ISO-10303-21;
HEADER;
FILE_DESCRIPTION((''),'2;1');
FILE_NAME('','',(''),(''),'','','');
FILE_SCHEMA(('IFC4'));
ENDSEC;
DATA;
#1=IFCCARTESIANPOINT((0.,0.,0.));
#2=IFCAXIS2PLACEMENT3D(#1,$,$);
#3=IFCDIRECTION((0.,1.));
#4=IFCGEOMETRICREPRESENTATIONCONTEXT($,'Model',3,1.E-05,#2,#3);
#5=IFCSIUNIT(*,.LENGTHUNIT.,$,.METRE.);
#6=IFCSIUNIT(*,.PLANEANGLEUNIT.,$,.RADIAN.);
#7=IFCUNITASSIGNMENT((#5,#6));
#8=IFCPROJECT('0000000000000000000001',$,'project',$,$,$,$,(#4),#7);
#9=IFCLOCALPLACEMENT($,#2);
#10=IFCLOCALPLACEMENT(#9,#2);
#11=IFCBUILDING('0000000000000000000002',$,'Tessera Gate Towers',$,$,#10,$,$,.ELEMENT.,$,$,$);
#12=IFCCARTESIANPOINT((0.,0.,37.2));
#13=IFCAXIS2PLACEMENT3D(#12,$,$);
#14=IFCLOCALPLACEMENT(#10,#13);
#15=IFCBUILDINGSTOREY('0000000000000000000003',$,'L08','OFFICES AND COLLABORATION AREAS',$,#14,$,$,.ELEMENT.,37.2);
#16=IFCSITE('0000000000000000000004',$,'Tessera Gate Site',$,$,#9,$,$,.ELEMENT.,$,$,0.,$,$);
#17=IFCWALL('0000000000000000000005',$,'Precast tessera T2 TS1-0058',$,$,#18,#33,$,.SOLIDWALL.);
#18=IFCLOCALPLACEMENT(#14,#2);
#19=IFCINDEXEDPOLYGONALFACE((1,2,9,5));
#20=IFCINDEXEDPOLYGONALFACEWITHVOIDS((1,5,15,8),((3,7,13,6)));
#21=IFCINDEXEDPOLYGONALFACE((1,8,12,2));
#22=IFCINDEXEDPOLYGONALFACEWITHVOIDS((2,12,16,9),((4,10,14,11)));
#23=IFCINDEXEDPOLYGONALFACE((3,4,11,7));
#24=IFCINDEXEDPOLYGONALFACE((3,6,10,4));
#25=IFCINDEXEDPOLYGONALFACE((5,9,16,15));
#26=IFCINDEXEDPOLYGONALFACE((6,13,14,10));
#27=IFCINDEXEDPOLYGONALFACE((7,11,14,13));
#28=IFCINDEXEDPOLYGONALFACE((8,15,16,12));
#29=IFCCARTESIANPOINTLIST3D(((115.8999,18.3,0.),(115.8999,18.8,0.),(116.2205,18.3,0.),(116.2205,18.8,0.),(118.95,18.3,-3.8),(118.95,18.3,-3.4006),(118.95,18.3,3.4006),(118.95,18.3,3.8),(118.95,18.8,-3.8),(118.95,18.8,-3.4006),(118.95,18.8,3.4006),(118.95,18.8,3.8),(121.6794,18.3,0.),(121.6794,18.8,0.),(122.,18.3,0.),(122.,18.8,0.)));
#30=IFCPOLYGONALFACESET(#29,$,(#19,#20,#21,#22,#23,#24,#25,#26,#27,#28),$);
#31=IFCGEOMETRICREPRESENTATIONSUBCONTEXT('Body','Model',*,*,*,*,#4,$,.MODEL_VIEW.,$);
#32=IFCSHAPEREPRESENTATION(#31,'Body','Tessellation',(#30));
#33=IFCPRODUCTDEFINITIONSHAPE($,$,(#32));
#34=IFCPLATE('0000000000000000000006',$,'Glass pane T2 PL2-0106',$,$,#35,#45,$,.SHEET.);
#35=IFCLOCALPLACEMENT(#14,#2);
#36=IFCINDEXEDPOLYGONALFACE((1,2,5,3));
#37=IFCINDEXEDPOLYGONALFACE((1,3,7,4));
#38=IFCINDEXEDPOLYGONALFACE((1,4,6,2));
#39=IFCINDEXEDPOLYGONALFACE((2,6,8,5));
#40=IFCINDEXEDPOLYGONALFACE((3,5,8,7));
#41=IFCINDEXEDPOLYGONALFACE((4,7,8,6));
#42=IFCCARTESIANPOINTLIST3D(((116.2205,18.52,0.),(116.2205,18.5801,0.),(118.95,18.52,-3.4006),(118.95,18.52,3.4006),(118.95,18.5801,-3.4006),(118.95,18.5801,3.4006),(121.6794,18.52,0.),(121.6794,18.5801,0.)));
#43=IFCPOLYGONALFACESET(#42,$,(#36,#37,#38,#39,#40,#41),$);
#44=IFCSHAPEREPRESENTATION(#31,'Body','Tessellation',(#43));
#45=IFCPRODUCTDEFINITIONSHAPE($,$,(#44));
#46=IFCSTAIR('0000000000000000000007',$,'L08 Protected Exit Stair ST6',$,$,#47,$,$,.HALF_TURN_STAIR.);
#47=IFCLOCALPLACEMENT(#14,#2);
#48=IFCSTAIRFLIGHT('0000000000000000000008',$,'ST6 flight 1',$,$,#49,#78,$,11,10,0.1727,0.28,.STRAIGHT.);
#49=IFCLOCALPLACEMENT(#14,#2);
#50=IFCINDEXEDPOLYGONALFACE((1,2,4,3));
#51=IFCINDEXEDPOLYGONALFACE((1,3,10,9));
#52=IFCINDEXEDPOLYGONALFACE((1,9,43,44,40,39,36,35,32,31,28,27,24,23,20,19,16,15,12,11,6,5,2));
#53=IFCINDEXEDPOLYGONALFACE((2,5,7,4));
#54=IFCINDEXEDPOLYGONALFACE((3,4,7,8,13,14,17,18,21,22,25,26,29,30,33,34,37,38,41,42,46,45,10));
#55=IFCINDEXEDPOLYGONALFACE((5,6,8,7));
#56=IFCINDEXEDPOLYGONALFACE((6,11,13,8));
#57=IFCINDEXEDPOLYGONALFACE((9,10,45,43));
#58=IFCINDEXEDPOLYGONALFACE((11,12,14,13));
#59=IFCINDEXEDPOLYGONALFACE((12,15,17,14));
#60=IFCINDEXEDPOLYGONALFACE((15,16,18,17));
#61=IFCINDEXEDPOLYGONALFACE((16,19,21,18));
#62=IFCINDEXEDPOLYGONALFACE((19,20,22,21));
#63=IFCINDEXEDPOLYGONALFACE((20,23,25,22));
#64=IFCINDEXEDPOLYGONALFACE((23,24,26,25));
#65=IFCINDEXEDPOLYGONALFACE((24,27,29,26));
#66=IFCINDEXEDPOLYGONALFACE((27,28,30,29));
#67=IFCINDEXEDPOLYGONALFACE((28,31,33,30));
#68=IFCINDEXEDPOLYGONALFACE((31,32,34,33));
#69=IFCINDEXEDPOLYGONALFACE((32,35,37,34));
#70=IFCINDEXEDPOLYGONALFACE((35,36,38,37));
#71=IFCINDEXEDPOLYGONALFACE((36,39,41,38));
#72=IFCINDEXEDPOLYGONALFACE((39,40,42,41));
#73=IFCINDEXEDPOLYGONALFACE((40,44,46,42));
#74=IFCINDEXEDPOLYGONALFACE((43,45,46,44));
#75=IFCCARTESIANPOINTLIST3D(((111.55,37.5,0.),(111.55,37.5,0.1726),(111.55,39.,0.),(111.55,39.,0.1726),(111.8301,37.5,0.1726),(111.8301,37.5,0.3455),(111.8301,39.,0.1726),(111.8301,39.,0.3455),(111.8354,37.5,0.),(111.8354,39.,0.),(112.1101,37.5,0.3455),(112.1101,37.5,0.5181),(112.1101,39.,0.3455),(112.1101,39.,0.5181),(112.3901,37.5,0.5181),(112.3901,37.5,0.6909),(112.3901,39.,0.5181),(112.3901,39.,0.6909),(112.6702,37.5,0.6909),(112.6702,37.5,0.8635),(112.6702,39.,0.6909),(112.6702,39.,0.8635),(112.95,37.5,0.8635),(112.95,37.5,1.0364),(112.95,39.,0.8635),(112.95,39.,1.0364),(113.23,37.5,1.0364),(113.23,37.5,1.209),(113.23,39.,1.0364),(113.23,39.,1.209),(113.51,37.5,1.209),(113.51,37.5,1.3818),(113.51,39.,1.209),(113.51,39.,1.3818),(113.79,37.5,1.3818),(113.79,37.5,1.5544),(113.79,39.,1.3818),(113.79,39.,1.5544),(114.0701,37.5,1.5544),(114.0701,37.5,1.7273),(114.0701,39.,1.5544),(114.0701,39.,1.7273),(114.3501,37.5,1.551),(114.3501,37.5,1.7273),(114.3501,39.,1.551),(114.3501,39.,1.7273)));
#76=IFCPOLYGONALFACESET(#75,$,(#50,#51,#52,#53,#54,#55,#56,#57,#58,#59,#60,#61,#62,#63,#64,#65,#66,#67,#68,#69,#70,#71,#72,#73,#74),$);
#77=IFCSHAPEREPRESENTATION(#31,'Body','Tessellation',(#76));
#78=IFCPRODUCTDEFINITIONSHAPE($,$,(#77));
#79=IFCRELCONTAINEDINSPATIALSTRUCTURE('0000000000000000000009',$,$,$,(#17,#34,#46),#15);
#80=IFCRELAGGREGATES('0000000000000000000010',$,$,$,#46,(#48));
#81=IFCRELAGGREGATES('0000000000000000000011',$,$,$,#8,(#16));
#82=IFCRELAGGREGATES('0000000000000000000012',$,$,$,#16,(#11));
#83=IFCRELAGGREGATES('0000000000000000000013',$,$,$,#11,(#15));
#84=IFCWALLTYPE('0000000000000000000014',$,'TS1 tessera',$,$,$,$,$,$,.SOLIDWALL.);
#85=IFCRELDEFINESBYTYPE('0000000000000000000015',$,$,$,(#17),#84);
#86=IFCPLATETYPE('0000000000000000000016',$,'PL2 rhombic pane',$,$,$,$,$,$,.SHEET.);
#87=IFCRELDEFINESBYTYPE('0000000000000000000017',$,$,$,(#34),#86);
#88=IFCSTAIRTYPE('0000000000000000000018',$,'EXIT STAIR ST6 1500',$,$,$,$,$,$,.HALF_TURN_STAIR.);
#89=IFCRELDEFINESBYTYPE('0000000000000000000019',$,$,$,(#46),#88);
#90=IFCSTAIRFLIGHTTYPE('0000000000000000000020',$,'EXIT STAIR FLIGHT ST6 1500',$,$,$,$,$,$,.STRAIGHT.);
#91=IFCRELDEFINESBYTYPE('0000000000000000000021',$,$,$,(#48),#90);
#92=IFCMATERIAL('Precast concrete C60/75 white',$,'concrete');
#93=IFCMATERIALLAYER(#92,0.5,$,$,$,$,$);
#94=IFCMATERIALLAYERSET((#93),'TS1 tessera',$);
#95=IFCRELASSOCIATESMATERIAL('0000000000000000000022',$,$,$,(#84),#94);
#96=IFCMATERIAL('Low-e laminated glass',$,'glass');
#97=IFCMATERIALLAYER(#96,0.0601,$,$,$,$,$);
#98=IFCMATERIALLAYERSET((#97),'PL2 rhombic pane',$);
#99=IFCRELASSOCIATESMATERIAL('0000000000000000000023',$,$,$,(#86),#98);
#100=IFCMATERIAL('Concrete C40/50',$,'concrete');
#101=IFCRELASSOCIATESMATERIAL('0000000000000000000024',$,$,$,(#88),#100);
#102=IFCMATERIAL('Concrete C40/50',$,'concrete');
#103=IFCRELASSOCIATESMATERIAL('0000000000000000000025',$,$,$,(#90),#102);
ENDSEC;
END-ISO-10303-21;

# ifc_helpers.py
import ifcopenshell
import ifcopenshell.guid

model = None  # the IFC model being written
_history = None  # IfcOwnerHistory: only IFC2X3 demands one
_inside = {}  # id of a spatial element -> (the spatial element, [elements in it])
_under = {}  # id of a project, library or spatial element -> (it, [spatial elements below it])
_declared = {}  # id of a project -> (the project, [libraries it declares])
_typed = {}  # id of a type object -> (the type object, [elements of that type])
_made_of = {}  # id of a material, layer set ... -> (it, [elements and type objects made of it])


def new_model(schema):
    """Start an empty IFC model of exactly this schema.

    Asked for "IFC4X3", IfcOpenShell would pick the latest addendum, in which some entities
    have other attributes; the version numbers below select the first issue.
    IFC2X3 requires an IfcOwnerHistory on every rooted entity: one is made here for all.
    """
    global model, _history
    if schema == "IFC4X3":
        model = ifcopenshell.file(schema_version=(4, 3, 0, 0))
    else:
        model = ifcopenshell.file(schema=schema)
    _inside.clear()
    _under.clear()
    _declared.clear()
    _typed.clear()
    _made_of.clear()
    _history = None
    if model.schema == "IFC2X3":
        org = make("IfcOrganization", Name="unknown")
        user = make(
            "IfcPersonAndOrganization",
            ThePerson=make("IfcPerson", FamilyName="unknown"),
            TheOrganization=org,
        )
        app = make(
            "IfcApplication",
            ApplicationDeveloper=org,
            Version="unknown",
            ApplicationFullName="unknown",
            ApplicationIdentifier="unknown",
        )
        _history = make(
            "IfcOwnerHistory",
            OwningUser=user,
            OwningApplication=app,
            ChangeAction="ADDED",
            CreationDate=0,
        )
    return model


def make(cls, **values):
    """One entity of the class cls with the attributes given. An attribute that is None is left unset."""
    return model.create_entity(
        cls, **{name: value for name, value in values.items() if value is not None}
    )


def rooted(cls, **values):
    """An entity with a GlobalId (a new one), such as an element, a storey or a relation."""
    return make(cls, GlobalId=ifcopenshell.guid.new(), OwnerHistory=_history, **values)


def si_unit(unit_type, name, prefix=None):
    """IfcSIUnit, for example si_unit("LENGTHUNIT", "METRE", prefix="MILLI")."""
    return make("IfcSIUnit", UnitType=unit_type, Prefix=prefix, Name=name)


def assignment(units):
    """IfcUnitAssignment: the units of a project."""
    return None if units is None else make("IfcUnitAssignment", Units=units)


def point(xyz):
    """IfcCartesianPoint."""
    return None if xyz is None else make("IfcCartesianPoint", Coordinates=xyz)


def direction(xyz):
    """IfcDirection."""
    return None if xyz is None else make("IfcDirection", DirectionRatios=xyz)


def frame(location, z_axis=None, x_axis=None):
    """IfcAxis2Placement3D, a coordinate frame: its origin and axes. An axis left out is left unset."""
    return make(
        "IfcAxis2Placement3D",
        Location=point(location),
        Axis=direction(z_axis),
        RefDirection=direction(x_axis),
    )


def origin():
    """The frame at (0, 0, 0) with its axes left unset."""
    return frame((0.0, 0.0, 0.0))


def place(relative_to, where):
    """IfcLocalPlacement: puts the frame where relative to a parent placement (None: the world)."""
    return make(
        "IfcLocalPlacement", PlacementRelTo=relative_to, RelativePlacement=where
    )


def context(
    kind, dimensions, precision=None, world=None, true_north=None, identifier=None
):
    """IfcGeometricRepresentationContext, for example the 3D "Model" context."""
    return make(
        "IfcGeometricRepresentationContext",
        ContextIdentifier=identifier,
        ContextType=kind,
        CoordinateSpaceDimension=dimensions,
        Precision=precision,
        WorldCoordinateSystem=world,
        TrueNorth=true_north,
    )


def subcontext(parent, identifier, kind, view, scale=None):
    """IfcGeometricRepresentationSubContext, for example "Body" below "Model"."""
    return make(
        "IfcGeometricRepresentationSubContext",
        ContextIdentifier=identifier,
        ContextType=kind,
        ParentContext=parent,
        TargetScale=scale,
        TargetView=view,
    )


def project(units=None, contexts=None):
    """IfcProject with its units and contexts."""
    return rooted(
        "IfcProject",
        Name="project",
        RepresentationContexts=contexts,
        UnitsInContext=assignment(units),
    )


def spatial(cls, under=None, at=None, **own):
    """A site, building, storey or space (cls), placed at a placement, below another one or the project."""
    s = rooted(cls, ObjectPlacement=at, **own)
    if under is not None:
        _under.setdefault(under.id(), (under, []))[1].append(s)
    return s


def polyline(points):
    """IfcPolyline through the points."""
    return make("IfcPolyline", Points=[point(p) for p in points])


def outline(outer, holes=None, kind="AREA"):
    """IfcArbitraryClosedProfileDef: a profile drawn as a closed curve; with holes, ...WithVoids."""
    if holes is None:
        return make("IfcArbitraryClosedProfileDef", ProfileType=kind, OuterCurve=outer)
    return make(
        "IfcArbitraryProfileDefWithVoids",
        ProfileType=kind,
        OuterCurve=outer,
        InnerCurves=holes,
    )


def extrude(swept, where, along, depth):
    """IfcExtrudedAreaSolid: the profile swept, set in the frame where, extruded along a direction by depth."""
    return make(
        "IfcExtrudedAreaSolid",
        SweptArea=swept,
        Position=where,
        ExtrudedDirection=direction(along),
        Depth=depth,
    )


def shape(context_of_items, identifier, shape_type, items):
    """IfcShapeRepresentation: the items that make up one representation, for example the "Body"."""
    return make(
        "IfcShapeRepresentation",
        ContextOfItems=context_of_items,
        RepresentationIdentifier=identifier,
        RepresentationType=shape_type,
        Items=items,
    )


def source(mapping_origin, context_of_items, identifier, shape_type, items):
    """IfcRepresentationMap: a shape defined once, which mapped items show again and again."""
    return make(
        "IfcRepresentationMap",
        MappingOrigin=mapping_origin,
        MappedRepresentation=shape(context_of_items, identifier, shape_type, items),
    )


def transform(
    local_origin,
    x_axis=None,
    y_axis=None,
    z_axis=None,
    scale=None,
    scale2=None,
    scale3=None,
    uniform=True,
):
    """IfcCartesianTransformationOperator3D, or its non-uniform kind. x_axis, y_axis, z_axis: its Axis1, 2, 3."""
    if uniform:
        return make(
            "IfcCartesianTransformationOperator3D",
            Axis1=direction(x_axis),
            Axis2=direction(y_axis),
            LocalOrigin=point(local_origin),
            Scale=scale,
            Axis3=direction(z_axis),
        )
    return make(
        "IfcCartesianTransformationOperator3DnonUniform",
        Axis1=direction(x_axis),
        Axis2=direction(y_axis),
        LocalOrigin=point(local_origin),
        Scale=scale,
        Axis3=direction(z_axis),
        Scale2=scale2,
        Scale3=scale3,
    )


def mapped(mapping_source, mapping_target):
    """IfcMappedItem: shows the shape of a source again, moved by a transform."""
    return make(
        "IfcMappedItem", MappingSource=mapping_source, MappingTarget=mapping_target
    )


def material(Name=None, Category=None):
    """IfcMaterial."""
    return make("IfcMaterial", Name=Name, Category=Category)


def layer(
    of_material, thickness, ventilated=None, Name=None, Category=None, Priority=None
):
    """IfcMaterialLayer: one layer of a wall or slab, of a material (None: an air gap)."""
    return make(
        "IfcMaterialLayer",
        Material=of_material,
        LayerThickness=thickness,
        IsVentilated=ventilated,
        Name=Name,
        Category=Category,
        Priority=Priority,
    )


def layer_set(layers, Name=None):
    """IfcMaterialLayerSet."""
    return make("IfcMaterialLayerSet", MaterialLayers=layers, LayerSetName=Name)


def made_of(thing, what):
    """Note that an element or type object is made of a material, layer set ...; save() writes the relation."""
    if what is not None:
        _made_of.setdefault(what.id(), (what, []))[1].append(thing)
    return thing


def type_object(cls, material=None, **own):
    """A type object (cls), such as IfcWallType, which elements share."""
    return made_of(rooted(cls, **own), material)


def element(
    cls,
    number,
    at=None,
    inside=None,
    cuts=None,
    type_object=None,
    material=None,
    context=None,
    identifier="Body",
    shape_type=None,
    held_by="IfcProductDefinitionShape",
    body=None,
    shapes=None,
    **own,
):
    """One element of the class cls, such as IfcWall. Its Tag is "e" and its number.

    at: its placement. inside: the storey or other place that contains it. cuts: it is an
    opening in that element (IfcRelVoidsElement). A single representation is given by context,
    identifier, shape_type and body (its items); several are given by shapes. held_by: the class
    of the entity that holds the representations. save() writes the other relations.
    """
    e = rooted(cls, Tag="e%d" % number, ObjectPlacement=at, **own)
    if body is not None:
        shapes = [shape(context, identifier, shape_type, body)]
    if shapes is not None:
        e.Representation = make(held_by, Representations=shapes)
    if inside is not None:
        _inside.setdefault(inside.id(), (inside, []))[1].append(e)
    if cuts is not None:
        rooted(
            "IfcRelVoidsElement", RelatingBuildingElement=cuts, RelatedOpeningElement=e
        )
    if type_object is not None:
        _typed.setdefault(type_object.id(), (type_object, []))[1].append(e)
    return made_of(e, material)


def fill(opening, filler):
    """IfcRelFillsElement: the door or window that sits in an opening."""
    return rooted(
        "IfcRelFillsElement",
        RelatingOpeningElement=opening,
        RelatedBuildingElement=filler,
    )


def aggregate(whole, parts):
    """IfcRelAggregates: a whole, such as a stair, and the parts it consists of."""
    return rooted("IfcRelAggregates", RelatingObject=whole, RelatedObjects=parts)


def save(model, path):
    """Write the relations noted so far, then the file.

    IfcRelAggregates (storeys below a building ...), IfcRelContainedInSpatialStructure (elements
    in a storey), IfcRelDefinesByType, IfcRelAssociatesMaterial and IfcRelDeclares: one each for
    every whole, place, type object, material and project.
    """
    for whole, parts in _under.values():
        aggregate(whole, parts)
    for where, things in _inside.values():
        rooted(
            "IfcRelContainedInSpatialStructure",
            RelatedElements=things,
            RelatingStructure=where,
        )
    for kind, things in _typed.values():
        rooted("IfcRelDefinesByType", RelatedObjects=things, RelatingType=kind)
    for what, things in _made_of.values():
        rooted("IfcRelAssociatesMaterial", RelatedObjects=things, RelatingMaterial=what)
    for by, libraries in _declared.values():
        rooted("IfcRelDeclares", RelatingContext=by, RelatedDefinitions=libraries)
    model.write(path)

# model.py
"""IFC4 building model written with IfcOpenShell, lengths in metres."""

from ifc_helpers import new_model, si_unit, direction, frame, origin, place, context, subcontext, project, spatial, polyline, outline, extrude, source, transform, mapped, material, layer, layer_set, type_object, element, fill, aggregate, save


model = new_model("IFC4")

# Units and contexts
model_context = context("Model", 3, precision=1e-05, world=origin(), true_north=direction((0.0, 1.0)))
body_context = subcontext(model_context, "Body", "Model", "MODEL_VIEW")
ifc_project = project(units=[si_unit("LENGTHUNIT", "METRE"), si_unit("PLANEANGLEUNIT", "RADIAN")], contexts=[model_context])

# Site, building, storey
site_placement = place(None, origin())
site = spatial("IfcSite", under=ifc_project, at=site_placement, Name="Tessera Gate Site", CompositionType="ELEMENT", RefElevation=0.0)
building_placement = place(site_placement, origin())
building = spatial("IfcBuilding", under=site, at=building_placement, Name="Tessera Gate Towers", CompositionType="ELEMENT")
storey_placement = place(building_placement, frame((0.0, 0.0, 37.2)))
storey = spatial("IfcBuildingStorey", under=building, at=storey_placement, Name="L08", Description="OFFICES AND COLLABORATION AREAS", CompositionType="ELEMENT", Elevation=37.2)

# Wall, opening, plate
ifc_material_1 = material(Name="Precast concrete C60/75 white", Category="concrete")
ifc_layer_1 = layer(ifc_material_1, 0.5)
ifc_layer_set_1 = layer_set([ifc_layer_1], Name="TS1 tessera")
wall_type_1 = type_object("IfcWallType", Name="TS1 tessera", PredefinedType="SOLIDWALL", material=ifc_layer_set_1)
shared_shape_1 = source(origin(), body_context, "Body", "SweptSolid", [
    extrude(outline(polyline([(3.05, 0.0), (6.1001, 3.8), (3.05, 7.6001), (0.0, 3.8), (3.05, 0.0)])), frame((0.0, 0.25, 0.0), z_axis=(0.0, -1.0, 0.0), x_axis=(1.0, 0.0, 0.0)), (0.0, 0.0, 1.0), 0.5),
])
shared_shape_2 = source(origin(), body_context, "Body", "SweptSolid", [
    extrude(outline(polyline([(3.05, 0.3994), (5.7795, 3.8), (3.05, 7.2007), (0.3206, 3.8), (3.05, 0.3994)])), frame((0.0, 0.26, 0.0), z_axis=(0.0, -1.0, 0.0), x_axis=(1.0, 0.0, 0.0)), (0.0, 0.0, 1.0), 0.52),
])
ifc_material_2 = material(Name="Low-e laminated glass", Category="glass")
ifc_layer_2 = layer(ifc_material_2, 0.0601)
ifc_layer_set_2 = layer_set([ifc_layer_2], Name="PL2 rhombic pane")
plate_type = type_object("IfcPlateType", Name="PL2 rhombic pane", PredefinedType="SHEET", material=ifc_layer_set_2)
shared_shape_3 = source(origin(), body_context, "Body", "SweptSolid", [
    extrude(outline(polyline([(3.05, 0.3994), (5.7795, 3.8), (3.05, 7.2007), (0.3206, 3.8), (3.05, 0.3994)])), frame((0.0, 0.03, 0.0), z_axis=(0.0, -1.0, 0.0), x_axis=(1.0, 0.0, 0.0)), (0.0, 0.0, 1.0), 0.0601),
])
wall_1_placement = place(storey_placement, frame((115.8999, 18.55, -3.8), z_axis=(0.0, 0.0, 1.0), x_axis=(1.0, 0.0, 0.0)))
wall_1 = element("IfcWall", 1, at=wall_1_placement, inside=storey, type_object=wall_type_1, Name="Precast tessera T2 TS1-0058", PredefinedType="SOLIDWALL", context=body_context, shape_type="MappedRepresentation", body=[
    mapped(shared_shape_1, transform((0.0, 0.0, 0.0), scale=1.0)),
])
opening_1_placement = place(wall_1_placement, origin())
opening_1 = element("IfcOpeningElement", 2, at=opening_1_placement, cuts=wall_1, PredefinedType="OPENING", context=body_context, shape_type="MappedRepresentation", body=[
    mapped(shared_shape_2, transform((0.0, 0.0, 0.0), scale=1.0)),
])
plate_1_placement = place(opening_1_placement, origin())
plate_1 = element("IfcPlate", 3, at=plate_1_placement, inside=storey, type_object=plate_type, Name="Glass pane T2 PL2-0106", PredefinedType="SHEET", context=body_context, shape_type="MappedRepresentation", body=[
    mapped(shared_shape_3, transform((0.0, 0.0, 0.0), scale=1.0)),
])
fill(opening_1, plate_1)

# Stair, stair flight
ifc_material_3 = material(Name="Concrete C40/50", Category="concrete")
stair_type = type_object("IfcStairType", Name="EXIT STAIR ST6 1500", PredefinedType="HALF_TURN_STAIR", material=ifc_material_3)
stair_placement = place(storey_placement, origin())
stair = element("IfcStair", 4, at=stair_placement, inside=storey, type_object=stair_type, Name="L08 Protected Exit Stair ST6", PredefinedType="HALF_TURN_STAIR")
ifc_material_4 = material(Name="Concrete C40/50", Category="concrete")
stair_flight_type = type_object("IfcStairFlightType", Name="EXIT STAIR FLIGHT ST6 1500", PredefinedType="STRAIGHT", material=ifc_material_4)
stair_flight_placement = place(storey_placement, frame((111.55, 38.25, 0.0), z_axis=(0.0, 0.0, 1.0), x_axis=(1.0, 0.0, 0.0)))
stair_flight = element("IfcStairFlight", 5, at=stair_flight_placement, type_object=stair_flight_type, Name="ST6 flight 1", NumberOfRisers=11, NumberOfTreads=10, PredefinedType="STRAIGHT", RiserHeight=0.1727, TreadLength=0.28, context=body_context, shape_type="SweptSolid", body=[
    extrude(outline(polyline([(0.0, 0.0), (0.0, 0.1726), (0.28, 0.1726), (0.28, 0.3455), (0.5601, 0.3455), (0.5601, 0.5181), (0.8401, 0.5181), (0.8401, 0.6909), (1.1201, 0.6909), (1.1201, 0.8635), (1.3999, 0.8635), (1.3999, 1.0364), (1.6799, 1.0364), (1.6799, 1.209), (1.96, 1.209), (1.96, 1.3818), (2.24, 1.3818), (2.24, 1.5544), (2.52, 1.5544), (2.52, 1.7273), (2.8, 1.7273), (2.8, 1.8999), (2.8, 1.551), (0.2854, 0.0), (0.0, 0.0)])), frame((0.0, 0.75, 0.0), z_axis=(0.0, -1.0, 0.0), x_axis=(1.0, 0.0, 0.0)), (0.0, 0.0, 1.0), 1.5),
])
aggregate(stair, [stair_flight])

save(model, "model.ifc")
